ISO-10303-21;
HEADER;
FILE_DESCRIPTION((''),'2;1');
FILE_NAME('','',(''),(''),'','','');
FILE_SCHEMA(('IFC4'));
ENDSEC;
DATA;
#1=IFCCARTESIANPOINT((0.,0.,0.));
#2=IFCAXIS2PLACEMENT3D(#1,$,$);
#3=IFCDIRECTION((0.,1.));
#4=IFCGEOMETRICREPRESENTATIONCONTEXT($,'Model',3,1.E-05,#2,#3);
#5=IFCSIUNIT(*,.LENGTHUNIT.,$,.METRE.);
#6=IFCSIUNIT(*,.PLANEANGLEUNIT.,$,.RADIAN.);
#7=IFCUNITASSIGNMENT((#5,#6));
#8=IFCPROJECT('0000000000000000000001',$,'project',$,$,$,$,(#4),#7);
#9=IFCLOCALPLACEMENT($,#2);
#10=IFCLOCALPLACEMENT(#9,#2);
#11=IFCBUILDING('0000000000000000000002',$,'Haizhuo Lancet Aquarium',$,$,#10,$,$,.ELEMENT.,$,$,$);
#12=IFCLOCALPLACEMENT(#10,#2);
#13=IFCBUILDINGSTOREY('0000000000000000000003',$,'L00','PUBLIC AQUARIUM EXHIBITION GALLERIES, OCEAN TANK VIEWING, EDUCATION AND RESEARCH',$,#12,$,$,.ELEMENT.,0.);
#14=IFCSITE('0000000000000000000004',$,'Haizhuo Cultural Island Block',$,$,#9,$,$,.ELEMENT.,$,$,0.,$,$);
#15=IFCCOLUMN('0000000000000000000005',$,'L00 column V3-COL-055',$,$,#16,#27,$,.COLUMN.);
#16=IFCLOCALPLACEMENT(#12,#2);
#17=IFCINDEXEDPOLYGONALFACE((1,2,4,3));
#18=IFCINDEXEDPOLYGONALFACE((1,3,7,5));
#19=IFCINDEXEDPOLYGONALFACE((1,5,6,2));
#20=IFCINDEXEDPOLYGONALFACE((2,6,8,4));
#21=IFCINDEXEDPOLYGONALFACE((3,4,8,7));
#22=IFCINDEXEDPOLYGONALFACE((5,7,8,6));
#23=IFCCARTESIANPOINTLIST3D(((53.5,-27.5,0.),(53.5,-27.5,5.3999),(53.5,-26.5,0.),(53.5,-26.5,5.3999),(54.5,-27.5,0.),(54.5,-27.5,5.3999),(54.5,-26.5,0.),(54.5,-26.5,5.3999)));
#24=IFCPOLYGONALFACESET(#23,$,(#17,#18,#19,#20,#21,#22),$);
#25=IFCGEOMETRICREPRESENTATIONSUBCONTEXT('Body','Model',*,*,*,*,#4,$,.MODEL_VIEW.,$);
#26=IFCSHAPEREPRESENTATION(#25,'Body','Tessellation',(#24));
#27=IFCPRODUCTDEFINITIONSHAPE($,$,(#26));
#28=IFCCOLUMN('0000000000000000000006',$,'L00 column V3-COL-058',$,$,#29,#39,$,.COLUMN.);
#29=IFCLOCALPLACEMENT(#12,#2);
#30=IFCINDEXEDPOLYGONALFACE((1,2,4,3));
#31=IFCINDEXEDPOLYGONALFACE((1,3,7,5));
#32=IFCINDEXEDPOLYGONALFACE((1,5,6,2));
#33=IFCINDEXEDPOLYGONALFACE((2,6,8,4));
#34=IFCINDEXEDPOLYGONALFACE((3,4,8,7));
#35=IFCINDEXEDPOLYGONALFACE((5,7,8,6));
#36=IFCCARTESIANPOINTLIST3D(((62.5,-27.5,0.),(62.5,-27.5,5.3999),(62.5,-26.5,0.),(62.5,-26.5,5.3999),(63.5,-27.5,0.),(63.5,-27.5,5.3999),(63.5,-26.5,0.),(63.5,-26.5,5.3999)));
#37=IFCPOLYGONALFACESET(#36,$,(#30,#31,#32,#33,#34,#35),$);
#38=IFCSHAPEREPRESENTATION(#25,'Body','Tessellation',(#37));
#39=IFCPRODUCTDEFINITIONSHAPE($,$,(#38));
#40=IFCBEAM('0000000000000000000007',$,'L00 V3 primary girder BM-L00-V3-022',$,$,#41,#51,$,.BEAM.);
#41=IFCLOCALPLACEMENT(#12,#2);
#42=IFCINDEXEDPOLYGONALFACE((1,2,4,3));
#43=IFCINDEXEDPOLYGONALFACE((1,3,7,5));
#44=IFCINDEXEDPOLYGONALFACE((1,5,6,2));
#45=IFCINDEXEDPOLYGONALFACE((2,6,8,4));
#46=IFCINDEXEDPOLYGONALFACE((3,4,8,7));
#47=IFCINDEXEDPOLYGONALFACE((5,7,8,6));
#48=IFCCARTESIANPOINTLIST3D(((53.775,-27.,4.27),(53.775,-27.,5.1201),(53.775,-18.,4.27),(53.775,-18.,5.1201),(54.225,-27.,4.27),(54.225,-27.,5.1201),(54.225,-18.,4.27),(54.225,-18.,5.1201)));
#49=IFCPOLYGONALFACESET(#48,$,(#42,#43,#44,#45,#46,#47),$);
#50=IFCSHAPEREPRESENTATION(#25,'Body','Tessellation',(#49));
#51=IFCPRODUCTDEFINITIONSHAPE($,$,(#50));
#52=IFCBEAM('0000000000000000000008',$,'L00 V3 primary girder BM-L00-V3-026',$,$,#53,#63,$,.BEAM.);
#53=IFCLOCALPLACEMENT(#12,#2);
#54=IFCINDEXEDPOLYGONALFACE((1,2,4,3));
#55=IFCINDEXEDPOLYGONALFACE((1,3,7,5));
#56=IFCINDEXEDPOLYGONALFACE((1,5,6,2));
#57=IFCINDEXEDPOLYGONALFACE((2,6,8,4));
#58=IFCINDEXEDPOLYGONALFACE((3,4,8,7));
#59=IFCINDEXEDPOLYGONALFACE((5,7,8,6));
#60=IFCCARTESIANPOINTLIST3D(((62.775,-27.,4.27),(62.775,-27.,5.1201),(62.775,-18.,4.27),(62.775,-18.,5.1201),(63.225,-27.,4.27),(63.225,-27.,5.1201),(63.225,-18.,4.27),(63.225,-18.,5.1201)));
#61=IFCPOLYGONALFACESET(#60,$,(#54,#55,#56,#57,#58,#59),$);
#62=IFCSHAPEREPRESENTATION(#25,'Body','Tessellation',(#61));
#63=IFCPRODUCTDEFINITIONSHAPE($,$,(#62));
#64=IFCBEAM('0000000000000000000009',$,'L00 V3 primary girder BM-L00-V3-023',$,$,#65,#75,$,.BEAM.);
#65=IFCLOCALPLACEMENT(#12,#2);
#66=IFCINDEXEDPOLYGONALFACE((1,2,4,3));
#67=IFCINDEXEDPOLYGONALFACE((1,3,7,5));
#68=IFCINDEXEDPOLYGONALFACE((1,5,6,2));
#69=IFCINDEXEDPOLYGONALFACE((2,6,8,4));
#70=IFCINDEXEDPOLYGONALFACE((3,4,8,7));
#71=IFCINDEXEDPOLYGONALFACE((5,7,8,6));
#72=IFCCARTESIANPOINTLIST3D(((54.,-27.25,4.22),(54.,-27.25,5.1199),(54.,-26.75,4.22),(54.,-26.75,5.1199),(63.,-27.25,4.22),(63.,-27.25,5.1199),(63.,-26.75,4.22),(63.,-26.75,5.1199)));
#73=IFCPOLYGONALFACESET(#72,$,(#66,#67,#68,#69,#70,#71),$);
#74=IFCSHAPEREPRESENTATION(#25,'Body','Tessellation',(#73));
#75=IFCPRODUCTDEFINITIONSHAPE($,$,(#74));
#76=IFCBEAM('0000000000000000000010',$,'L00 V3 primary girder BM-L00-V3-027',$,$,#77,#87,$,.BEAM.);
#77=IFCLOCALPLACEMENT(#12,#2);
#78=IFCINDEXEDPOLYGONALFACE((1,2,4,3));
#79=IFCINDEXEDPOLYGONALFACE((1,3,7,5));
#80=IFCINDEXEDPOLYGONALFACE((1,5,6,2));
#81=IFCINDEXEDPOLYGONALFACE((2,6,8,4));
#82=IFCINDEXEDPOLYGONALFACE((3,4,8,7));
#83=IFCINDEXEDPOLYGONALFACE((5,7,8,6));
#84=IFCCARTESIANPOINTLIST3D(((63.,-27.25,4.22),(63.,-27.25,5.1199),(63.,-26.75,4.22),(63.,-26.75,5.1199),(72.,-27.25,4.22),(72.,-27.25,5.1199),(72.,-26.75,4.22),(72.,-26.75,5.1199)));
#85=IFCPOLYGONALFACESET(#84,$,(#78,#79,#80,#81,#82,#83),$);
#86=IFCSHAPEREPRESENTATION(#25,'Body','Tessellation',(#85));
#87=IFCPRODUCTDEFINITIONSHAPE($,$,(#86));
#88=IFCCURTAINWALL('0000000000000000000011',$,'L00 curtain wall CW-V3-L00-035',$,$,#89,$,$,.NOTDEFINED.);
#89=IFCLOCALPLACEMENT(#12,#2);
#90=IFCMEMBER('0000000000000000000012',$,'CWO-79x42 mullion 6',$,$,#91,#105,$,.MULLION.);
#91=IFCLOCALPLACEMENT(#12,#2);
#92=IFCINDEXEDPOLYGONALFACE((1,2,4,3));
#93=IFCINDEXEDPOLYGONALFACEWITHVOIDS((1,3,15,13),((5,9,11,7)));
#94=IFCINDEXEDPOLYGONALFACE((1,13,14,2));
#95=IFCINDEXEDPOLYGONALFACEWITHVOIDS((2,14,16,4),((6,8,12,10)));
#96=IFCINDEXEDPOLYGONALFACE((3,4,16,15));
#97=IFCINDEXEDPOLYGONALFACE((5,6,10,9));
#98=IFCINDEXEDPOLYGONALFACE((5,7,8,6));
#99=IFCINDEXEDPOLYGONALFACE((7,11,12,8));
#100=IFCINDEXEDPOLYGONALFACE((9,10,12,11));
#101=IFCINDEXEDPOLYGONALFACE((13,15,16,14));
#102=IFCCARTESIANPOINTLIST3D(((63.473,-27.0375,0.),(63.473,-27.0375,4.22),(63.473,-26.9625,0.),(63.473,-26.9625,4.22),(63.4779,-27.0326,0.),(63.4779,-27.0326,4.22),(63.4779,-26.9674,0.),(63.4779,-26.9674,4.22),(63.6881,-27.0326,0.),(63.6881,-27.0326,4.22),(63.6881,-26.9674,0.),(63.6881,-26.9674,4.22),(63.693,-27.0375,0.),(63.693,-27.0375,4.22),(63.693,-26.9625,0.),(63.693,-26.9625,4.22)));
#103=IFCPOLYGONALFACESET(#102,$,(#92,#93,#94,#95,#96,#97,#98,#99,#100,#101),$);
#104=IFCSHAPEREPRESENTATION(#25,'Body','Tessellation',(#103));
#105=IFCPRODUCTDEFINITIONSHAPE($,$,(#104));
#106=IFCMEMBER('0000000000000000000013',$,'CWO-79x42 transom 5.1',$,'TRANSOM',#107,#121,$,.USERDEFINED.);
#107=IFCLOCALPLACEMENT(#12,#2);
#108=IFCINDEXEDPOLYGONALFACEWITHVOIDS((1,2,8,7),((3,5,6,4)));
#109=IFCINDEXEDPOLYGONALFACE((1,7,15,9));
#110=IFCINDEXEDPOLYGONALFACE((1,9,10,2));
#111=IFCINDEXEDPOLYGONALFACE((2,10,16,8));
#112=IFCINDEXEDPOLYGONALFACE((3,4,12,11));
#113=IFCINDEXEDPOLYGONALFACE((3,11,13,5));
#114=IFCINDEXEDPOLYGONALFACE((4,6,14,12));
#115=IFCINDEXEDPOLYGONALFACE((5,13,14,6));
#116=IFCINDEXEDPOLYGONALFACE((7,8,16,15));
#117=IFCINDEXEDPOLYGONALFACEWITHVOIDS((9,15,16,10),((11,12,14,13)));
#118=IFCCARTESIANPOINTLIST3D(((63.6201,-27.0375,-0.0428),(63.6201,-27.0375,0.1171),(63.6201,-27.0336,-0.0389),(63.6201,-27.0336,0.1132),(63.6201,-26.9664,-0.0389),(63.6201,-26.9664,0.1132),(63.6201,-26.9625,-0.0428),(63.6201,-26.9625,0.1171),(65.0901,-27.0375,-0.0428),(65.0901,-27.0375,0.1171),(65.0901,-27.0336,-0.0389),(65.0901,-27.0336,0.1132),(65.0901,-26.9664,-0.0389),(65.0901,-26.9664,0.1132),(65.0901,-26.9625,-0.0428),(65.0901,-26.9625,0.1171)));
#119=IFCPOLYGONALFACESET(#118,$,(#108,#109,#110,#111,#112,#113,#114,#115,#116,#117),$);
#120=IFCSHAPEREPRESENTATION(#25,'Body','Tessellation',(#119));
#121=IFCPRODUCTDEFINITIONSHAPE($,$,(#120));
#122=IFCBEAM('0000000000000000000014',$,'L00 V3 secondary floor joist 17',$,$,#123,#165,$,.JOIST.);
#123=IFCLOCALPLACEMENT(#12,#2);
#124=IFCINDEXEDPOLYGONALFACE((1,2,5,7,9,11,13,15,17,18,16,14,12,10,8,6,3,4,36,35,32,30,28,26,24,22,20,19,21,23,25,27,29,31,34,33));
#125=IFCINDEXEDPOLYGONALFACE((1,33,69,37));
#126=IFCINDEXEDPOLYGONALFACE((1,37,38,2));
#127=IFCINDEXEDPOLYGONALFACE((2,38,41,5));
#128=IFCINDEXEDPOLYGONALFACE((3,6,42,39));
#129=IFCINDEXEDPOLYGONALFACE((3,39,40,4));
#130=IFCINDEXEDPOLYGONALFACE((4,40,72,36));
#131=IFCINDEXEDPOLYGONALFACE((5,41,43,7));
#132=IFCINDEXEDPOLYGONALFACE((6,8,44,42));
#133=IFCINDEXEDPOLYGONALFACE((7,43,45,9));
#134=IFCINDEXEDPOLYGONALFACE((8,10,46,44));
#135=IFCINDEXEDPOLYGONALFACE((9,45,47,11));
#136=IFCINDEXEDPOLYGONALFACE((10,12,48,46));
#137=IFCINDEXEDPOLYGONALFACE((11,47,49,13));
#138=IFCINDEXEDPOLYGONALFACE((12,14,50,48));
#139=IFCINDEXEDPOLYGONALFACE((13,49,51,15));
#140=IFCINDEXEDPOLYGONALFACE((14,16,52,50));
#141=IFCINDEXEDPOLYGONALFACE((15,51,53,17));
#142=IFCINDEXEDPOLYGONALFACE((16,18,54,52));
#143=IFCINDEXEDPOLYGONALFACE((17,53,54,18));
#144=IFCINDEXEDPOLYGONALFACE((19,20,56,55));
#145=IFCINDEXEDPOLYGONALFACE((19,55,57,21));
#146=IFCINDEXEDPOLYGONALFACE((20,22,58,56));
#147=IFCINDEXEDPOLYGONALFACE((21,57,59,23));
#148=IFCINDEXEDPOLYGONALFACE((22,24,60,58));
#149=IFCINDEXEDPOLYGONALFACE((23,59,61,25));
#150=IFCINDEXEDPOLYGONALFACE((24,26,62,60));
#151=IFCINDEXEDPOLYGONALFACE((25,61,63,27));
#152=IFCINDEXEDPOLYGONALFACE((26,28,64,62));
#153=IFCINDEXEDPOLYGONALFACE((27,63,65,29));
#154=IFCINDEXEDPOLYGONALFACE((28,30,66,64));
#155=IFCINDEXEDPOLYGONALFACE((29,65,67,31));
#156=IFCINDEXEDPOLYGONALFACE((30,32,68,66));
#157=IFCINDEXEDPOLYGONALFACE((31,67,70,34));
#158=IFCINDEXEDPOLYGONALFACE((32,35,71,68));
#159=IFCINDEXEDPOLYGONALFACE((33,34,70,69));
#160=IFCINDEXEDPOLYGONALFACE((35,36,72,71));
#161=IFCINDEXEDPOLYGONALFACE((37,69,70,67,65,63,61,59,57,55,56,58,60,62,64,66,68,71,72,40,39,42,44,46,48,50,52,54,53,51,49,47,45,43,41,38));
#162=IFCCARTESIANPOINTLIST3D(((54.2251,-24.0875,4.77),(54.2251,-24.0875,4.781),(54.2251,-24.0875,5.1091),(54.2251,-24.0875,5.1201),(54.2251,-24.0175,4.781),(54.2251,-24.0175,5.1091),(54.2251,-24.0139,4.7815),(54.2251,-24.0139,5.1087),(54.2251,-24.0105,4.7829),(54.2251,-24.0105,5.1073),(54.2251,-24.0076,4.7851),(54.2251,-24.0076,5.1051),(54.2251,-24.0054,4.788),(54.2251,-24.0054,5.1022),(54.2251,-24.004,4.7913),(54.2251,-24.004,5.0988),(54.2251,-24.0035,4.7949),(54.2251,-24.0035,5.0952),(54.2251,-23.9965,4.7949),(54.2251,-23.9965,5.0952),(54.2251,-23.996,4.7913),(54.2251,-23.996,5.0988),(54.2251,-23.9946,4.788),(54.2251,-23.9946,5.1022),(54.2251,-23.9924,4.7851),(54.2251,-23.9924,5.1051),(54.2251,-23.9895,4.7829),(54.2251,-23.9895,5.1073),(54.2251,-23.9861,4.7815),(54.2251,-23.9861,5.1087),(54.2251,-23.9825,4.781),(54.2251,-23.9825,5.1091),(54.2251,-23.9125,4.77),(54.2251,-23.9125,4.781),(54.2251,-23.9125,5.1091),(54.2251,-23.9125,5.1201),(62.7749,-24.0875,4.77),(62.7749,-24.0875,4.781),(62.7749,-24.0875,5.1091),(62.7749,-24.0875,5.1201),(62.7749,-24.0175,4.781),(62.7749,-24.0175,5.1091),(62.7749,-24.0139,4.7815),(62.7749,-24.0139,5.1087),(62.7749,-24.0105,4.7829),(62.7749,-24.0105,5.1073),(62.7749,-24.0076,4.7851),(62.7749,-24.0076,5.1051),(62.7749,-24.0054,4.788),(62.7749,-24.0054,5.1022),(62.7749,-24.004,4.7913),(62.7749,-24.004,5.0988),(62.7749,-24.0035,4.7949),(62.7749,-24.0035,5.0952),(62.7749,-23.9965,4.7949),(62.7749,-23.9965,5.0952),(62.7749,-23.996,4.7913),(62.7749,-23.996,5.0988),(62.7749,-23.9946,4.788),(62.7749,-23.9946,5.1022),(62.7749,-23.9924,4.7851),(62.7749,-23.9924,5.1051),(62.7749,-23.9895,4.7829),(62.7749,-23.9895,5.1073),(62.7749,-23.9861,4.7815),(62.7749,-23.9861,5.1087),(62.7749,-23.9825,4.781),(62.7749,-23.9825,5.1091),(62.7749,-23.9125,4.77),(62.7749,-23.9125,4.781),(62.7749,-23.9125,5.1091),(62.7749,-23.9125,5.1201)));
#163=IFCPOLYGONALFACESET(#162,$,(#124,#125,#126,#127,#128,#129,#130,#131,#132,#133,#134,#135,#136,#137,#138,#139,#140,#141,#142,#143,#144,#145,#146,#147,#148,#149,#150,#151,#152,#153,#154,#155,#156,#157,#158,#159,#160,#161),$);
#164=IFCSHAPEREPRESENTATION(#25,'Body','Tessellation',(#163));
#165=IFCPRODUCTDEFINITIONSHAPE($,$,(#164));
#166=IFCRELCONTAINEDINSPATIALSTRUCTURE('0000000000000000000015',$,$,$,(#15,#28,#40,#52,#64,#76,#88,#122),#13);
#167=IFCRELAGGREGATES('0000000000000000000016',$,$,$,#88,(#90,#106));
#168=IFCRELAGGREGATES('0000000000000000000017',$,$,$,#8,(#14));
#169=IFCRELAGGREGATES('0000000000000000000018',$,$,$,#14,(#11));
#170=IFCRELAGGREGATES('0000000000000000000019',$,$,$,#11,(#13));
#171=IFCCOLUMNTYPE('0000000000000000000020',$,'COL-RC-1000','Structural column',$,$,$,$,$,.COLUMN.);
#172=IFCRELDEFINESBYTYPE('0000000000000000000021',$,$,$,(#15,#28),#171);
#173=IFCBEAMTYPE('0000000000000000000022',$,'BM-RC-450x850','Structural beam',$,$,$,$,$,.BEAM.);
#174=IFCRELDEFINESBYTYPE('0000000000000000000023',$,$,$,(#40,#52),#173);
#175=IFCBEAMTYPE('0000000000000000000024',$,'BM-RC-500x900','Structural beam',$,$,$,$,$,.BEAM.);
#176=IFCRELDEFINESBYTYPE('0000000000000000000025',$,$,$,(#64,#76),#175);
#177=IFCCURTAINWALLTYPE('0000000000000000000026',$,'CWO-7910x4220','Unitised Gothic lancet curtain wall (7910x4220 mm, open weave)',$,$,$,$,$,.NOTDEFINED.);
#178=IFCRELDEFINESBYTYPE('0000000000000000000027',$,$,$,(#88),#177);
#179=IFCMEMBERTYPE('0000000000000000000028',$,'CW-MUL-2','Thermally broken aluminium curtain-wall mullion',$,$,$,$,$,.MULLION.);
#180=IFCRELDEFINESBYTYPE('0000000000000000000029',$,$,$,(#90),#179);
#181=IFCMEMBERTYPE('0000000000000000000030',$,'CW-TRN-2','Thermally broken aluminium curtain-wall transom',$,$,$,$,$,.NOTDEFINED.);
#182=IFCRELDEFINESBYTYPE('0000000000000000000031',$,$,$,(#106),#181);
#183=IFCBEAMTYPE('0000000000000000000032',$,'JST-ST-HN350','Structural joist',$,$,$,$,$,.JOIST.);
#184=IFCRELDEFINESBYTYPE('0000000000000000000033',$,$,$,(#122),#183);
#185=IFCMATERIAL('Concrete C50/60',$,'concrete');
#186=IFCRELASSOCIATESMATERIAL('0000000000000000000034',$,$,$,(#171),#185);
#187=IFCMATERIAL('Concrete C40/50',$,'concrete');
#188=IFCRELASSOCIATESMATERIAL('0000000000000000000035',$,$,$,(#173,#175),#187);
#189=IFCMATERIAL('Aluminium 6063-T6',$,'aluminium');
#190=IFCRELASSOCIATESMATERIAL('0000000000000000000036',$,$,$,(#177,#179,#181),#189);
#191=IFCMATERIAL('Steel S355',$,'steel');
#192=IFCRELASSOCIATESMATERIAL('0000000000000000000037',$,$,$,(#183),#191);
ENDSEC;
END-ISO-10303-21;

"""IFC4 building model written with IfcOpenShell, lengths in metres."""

from ifc_helpers import new_model, si_unit, direction, frame, origin, origin_2d, place, context, subcontext, project, spatial, rectangle, hollow_rectangle, i_section, extrude, material, material_profile, profile_set, type_object, element, aggregate, save


model = new_model("IFC4")

# Units and contexts
model_context = context("Model", 3, precision=1e-05, world=origin(), true_north=direction((0.0, 1.0)))
body_context = subcontext(model_context, "Body", "Model", "MODEL_VIEW")
ifc_project = project(units=[si_unit("LENGTHUNIT", "METRE"), si_unit("PLANEANGLEUNIT", "RADIAN")], contexts=[model_context])

# Site, building, storey
site_placement = place(None, origin())
site = spatial("IfcSite", under=ifc_project, at=site_placement, Name="Haizhuo Cultural Island Block", CompositionType="ELEMENT", RefElevation=0.0)
building_placement = place(site_placement, origin())
building = spatial("IfcBuilding", under=site, at=building_placement, Name="Haizhuo Lancet Aquarium", CompositionType="ELEMENT")
storey_placement = place(building_placement, origin())
storey = spatial("IfcBuildingStorey", under=building, at=storey_placement, Name="L00", Description="PUBLIC AQUARIUM EXHIBITION GALLERIES, OCEAN TANK VIEWING, EDUCATION AND RESEARCH", CompositionType="ELEMENT", Elevation=0.0)

# Columns
ifc_material_1 = material(Name="Concrete C50/60", Category="concrete")
ifc_material_profile_1 = material_profile(ifc_material_1, rectangle(XDim=1.0, YDim=1.0, at=origin_2d()), Name="RC-COL 1000x1000")
ifc_profile_set_1 = profile_set([ifc_material_profile_1], Name="Concrete C50/60")
column_type = type_object("IfcColumnType", Name="COL-RC-1000", Description="Structural column", PredefinedType="COLUMN", material=ifc_profile_set_1)
for number, where, z_axis, x_axis, name in (
    (1, (54.0, -27.0, 0.0), (0.0, 0.0, 1.0), (1.0, 0.0, 0.0), "L00 column V3-COL-055"),
    (2, (63.0, -27.0, 0.0), (0.0, 0.0, 1.0), (1.0, 0.0, 0.0), "L00 column V3-COL-058"),
):
    element("IfcColumn", number, at=place(storey_placement, frame(where, z_axis=z_axis, x_axis=x_axis)), inside=storey, type_object=column_type, Name=name, PredefinedType="COLUMN", context=body_context, shape_type="SweptSolid", body=[
        extrude(rectangle(XDim=1.0, YDim=1.0, at=origin_2d()), origin(), (0.0, 0.0, 1.0), 5.3999),
    ])

# Beams
ifc_material_2 = material(Name="Concrete C40/50", Category="concrete")
ifc_material_profile_2 = material_profile(ifc_material_2, rectangle(XDim=0.45, YDim=0.8501, at=origin_2d()), Name="RC-BM 450x850")
ifc_profile_set_2 = profile_set([ifc_material_profile_2], Name="Concrete C40/50")
beam_type_1 = type_object("IfcBeamType", Name="BM-RC-450x850", Description="Structural beam", PredefinedType="BEAM", material=ifc_profile_set_2)
for number, where, z_axis, x_axis, name in (
    (3, (54.0, -27.0, 4.6951), (0.0, 1.0, 0.0), (-1.0, 0.0, 0.0), "L00 V3 primary girder BM-L00-V3-022"),
    (4, (63.0, -27.0, 4.6951), (0.0, 1.0, 0.0), (-1.0, 0.0, 0.0), "L00 V3 primary girder BM-L00-V3-026"),
):
    element("IfcBeam", number, at=place(storey_placement, frame(where, z_axis=z_axis, x_axis=x_axis)), inside=storey, type_object=beam_type_1, Name=name, PredefinedType="BEAM", context=body_context, shape_type="SweptSolid", body=[
        extrude(rectangle(XDim=0.45, YDim=0.8501, at=origin_2d()), origin(), (0.0, 0.0, 1.0), 9.0),
    ])
ifc_material_profile_3 = material_profile(ifc_material_2, rectangle(XDim=0.5, YDim=0.8999, at=origin_2d()), Name="RC-BM 500x900")
ifc_profile_set_3 = profile_set([ifc_material_profile_3], Name="Concrete C40/50")
beam_type_2 = type_object("IfcBeamType", Name="BM-RC-500x900", Description="Structural beam", PredefinedType="BEAM", material=ifc_profile_set_3)
for number, where, z_axis, x_axis, name in (
    (5, (54.0, -27.0, 4.6699), (1.0, 0.0, 0.0), (0.0, 1.0, 0.0), "L00 V3 primary girder BM-L00-V3-023"),
    (6, (63.0, -27.0, 4.6699), (1.0, 0.0, 0.0), (0.0, 1.0, 0.0), "L00 V3 primary girder BM-L00-V3-027"),
):
    element("IfcBeam", number, at=place(storey_placement, frame(where, z_axis=z_axis, x_axis=x_axis)), inside=storey, type_object=beam_type_2, Name=name, PredefinedType="BEAM", context=body_context, shape_type="SweptSolid", body=[
        extrude(rectangle(XDim=0.5, YDim=0.8999, at=origin_2d()), origin(), (0.0, 0.0, 1.0), 9.0),
    ])

# Curtain wall, members
ifc_material_3 = material(Name="Aluminium 6063-T6", Category="aluminium")
curtain_wall_type = type_object("IfcCurtainWallType", Name="CWO-7910x4220", Description="Unitised Gothic lancet curtain wall (7910x4220 mm, open weave)", PredefinedType="NOTDEFINED", material=ifc_material_3)
curtain_wall_placement = place(storey_placement, origin())
curtain_wall = element("IfcCurtainWall", 7, at=curtain_wall_placement, inside=storey, type_object=curtain_wall_type, Name="L00 curtain wall CW-V3-L00-035", PredefinedType="NOTDEFINED")
ifc_material_profile_4 = material_profile(ifc_material_3, hollow_rectangle(XDim=0.075, YDim=0.22, WallThickness=0.0049, at=origin_2d()), Name="ALU-M 75x220x5")
ifc_profile_set_4 = profile_set([ifc_material_profile_4], Name="Aluminium 6063-T6")
member_type_1 = type_object("IfcMemberType", Name="CW-MUL-2", Description="Thermally broken aluminium curtain-wall mullion", PredefinedType="MULLION", material=ifc_profile_set_4)
member_1_placement = place(storey_placement, frame((63.583, -27.0, 0.0), z_axis=(0.0, 0.0, 1.0), x_axis=(0.0, -1.0, 0.0)))
member_1 = element("IfcMember", 8, at=member_1_placement, type_object=member_type_1, Name="CWO-79x42 mullion 6", PredefinedType="MULLION", context=body_context, shape_type="SweptSolid", body=[
    extrude(hollow_rectangle(XDim=0.075, YDim=0.22, WallThickness=0.0049, at=origin_2d()), origin(), (0.0, 0.0, 1.0), 4.22),
])
ifc_material_profile_5 = material_profile(ifc_material_3, hollow_rectangle(XDim=0.075, YDim=0.1599, WallThickness=0.0039, at=origin_2d()), Name="ALU-T 75x160x4")
ifc_profile_set_5 = profile_set([ifc_material_profile_5], Name="Aluminium 6063-T6")
member_type_2 = type_object("IfcMemberType", Name="CW-TRN-2", Description="Thermally broken aluminium curtain-wall transom", PredefinedType="NOTDEFINED", material=ifc_profile_set_5)
member_2_placement = place(storey_placement, frame((65.0901, -27.0, 0.0371), z_axis=(-1.0, 0.0, 0.0), x_axis=(0.0, -1.0, 0.0)))
member_2 = element("IfcMember", 9, at=member_2_placement, type_object=member_type_2, Name="CWO-79x42 transom 5.1", ObjectType="TRANSOM", PredefinedType="USERDEFINED", context=body_context, shape_type="SweptSolid", body=[
    extrude(hollow_rectangle(XDim=0.075, YDim=0.1599, WallThickness=0.0039, at=origin_2d()), origin(), (0.0, 0.0, 1.0), 1.47),
])

# Beam
ifc_material_4 = material(Name="Steel S355", Category="steel")
ifc_material_profile_6 = material_profile(ifc_material_4, i_section(OverallWidth=0.175, OverallDepth=0.3501, WebThickness=0.0071, FlangeThickness=0.011, FilletRadius=0.0139, at=origin_2d()), Name="HN 350x175x7x11")
ifc_profile_set_6 = profile_set([ifc_material_profile_6], Name="Steel S355")
beam_type_3 = type_object("IfcBeamType", Name="JST-ST-HN350", Description="Structural joist", PredefinedType="JOIST", material=ifc_profile_set_6)
beam_1_placement = place(storey_placement, frame((54.2251, -24.0, 4.9451), z_axis=(1.0, 0.0, 0.0), x_axis=(0.0, 1.0, 0.0)))
element("IfcBeam", 10, at=beam_1_placement, inside=storey, type_object=beam_type_3, Name="L00 V3 secondary floor joist 17", PredefinedType="JOIST", context=body_context, shape_type="SweptSolid", body=[
    extrude(i_section(OverallWidth=0.175, OverallDepth=0.3501, WebThickness=0.0071, FlangeThickness=0.011, FilletRadius=0.0139, at=origin_2d()), origin(), (0.0, 0.0, 1.0), 8.5498),
])

aggregate(curtain_wall, [member_1, member_2])

save(model, "model.ifc")
